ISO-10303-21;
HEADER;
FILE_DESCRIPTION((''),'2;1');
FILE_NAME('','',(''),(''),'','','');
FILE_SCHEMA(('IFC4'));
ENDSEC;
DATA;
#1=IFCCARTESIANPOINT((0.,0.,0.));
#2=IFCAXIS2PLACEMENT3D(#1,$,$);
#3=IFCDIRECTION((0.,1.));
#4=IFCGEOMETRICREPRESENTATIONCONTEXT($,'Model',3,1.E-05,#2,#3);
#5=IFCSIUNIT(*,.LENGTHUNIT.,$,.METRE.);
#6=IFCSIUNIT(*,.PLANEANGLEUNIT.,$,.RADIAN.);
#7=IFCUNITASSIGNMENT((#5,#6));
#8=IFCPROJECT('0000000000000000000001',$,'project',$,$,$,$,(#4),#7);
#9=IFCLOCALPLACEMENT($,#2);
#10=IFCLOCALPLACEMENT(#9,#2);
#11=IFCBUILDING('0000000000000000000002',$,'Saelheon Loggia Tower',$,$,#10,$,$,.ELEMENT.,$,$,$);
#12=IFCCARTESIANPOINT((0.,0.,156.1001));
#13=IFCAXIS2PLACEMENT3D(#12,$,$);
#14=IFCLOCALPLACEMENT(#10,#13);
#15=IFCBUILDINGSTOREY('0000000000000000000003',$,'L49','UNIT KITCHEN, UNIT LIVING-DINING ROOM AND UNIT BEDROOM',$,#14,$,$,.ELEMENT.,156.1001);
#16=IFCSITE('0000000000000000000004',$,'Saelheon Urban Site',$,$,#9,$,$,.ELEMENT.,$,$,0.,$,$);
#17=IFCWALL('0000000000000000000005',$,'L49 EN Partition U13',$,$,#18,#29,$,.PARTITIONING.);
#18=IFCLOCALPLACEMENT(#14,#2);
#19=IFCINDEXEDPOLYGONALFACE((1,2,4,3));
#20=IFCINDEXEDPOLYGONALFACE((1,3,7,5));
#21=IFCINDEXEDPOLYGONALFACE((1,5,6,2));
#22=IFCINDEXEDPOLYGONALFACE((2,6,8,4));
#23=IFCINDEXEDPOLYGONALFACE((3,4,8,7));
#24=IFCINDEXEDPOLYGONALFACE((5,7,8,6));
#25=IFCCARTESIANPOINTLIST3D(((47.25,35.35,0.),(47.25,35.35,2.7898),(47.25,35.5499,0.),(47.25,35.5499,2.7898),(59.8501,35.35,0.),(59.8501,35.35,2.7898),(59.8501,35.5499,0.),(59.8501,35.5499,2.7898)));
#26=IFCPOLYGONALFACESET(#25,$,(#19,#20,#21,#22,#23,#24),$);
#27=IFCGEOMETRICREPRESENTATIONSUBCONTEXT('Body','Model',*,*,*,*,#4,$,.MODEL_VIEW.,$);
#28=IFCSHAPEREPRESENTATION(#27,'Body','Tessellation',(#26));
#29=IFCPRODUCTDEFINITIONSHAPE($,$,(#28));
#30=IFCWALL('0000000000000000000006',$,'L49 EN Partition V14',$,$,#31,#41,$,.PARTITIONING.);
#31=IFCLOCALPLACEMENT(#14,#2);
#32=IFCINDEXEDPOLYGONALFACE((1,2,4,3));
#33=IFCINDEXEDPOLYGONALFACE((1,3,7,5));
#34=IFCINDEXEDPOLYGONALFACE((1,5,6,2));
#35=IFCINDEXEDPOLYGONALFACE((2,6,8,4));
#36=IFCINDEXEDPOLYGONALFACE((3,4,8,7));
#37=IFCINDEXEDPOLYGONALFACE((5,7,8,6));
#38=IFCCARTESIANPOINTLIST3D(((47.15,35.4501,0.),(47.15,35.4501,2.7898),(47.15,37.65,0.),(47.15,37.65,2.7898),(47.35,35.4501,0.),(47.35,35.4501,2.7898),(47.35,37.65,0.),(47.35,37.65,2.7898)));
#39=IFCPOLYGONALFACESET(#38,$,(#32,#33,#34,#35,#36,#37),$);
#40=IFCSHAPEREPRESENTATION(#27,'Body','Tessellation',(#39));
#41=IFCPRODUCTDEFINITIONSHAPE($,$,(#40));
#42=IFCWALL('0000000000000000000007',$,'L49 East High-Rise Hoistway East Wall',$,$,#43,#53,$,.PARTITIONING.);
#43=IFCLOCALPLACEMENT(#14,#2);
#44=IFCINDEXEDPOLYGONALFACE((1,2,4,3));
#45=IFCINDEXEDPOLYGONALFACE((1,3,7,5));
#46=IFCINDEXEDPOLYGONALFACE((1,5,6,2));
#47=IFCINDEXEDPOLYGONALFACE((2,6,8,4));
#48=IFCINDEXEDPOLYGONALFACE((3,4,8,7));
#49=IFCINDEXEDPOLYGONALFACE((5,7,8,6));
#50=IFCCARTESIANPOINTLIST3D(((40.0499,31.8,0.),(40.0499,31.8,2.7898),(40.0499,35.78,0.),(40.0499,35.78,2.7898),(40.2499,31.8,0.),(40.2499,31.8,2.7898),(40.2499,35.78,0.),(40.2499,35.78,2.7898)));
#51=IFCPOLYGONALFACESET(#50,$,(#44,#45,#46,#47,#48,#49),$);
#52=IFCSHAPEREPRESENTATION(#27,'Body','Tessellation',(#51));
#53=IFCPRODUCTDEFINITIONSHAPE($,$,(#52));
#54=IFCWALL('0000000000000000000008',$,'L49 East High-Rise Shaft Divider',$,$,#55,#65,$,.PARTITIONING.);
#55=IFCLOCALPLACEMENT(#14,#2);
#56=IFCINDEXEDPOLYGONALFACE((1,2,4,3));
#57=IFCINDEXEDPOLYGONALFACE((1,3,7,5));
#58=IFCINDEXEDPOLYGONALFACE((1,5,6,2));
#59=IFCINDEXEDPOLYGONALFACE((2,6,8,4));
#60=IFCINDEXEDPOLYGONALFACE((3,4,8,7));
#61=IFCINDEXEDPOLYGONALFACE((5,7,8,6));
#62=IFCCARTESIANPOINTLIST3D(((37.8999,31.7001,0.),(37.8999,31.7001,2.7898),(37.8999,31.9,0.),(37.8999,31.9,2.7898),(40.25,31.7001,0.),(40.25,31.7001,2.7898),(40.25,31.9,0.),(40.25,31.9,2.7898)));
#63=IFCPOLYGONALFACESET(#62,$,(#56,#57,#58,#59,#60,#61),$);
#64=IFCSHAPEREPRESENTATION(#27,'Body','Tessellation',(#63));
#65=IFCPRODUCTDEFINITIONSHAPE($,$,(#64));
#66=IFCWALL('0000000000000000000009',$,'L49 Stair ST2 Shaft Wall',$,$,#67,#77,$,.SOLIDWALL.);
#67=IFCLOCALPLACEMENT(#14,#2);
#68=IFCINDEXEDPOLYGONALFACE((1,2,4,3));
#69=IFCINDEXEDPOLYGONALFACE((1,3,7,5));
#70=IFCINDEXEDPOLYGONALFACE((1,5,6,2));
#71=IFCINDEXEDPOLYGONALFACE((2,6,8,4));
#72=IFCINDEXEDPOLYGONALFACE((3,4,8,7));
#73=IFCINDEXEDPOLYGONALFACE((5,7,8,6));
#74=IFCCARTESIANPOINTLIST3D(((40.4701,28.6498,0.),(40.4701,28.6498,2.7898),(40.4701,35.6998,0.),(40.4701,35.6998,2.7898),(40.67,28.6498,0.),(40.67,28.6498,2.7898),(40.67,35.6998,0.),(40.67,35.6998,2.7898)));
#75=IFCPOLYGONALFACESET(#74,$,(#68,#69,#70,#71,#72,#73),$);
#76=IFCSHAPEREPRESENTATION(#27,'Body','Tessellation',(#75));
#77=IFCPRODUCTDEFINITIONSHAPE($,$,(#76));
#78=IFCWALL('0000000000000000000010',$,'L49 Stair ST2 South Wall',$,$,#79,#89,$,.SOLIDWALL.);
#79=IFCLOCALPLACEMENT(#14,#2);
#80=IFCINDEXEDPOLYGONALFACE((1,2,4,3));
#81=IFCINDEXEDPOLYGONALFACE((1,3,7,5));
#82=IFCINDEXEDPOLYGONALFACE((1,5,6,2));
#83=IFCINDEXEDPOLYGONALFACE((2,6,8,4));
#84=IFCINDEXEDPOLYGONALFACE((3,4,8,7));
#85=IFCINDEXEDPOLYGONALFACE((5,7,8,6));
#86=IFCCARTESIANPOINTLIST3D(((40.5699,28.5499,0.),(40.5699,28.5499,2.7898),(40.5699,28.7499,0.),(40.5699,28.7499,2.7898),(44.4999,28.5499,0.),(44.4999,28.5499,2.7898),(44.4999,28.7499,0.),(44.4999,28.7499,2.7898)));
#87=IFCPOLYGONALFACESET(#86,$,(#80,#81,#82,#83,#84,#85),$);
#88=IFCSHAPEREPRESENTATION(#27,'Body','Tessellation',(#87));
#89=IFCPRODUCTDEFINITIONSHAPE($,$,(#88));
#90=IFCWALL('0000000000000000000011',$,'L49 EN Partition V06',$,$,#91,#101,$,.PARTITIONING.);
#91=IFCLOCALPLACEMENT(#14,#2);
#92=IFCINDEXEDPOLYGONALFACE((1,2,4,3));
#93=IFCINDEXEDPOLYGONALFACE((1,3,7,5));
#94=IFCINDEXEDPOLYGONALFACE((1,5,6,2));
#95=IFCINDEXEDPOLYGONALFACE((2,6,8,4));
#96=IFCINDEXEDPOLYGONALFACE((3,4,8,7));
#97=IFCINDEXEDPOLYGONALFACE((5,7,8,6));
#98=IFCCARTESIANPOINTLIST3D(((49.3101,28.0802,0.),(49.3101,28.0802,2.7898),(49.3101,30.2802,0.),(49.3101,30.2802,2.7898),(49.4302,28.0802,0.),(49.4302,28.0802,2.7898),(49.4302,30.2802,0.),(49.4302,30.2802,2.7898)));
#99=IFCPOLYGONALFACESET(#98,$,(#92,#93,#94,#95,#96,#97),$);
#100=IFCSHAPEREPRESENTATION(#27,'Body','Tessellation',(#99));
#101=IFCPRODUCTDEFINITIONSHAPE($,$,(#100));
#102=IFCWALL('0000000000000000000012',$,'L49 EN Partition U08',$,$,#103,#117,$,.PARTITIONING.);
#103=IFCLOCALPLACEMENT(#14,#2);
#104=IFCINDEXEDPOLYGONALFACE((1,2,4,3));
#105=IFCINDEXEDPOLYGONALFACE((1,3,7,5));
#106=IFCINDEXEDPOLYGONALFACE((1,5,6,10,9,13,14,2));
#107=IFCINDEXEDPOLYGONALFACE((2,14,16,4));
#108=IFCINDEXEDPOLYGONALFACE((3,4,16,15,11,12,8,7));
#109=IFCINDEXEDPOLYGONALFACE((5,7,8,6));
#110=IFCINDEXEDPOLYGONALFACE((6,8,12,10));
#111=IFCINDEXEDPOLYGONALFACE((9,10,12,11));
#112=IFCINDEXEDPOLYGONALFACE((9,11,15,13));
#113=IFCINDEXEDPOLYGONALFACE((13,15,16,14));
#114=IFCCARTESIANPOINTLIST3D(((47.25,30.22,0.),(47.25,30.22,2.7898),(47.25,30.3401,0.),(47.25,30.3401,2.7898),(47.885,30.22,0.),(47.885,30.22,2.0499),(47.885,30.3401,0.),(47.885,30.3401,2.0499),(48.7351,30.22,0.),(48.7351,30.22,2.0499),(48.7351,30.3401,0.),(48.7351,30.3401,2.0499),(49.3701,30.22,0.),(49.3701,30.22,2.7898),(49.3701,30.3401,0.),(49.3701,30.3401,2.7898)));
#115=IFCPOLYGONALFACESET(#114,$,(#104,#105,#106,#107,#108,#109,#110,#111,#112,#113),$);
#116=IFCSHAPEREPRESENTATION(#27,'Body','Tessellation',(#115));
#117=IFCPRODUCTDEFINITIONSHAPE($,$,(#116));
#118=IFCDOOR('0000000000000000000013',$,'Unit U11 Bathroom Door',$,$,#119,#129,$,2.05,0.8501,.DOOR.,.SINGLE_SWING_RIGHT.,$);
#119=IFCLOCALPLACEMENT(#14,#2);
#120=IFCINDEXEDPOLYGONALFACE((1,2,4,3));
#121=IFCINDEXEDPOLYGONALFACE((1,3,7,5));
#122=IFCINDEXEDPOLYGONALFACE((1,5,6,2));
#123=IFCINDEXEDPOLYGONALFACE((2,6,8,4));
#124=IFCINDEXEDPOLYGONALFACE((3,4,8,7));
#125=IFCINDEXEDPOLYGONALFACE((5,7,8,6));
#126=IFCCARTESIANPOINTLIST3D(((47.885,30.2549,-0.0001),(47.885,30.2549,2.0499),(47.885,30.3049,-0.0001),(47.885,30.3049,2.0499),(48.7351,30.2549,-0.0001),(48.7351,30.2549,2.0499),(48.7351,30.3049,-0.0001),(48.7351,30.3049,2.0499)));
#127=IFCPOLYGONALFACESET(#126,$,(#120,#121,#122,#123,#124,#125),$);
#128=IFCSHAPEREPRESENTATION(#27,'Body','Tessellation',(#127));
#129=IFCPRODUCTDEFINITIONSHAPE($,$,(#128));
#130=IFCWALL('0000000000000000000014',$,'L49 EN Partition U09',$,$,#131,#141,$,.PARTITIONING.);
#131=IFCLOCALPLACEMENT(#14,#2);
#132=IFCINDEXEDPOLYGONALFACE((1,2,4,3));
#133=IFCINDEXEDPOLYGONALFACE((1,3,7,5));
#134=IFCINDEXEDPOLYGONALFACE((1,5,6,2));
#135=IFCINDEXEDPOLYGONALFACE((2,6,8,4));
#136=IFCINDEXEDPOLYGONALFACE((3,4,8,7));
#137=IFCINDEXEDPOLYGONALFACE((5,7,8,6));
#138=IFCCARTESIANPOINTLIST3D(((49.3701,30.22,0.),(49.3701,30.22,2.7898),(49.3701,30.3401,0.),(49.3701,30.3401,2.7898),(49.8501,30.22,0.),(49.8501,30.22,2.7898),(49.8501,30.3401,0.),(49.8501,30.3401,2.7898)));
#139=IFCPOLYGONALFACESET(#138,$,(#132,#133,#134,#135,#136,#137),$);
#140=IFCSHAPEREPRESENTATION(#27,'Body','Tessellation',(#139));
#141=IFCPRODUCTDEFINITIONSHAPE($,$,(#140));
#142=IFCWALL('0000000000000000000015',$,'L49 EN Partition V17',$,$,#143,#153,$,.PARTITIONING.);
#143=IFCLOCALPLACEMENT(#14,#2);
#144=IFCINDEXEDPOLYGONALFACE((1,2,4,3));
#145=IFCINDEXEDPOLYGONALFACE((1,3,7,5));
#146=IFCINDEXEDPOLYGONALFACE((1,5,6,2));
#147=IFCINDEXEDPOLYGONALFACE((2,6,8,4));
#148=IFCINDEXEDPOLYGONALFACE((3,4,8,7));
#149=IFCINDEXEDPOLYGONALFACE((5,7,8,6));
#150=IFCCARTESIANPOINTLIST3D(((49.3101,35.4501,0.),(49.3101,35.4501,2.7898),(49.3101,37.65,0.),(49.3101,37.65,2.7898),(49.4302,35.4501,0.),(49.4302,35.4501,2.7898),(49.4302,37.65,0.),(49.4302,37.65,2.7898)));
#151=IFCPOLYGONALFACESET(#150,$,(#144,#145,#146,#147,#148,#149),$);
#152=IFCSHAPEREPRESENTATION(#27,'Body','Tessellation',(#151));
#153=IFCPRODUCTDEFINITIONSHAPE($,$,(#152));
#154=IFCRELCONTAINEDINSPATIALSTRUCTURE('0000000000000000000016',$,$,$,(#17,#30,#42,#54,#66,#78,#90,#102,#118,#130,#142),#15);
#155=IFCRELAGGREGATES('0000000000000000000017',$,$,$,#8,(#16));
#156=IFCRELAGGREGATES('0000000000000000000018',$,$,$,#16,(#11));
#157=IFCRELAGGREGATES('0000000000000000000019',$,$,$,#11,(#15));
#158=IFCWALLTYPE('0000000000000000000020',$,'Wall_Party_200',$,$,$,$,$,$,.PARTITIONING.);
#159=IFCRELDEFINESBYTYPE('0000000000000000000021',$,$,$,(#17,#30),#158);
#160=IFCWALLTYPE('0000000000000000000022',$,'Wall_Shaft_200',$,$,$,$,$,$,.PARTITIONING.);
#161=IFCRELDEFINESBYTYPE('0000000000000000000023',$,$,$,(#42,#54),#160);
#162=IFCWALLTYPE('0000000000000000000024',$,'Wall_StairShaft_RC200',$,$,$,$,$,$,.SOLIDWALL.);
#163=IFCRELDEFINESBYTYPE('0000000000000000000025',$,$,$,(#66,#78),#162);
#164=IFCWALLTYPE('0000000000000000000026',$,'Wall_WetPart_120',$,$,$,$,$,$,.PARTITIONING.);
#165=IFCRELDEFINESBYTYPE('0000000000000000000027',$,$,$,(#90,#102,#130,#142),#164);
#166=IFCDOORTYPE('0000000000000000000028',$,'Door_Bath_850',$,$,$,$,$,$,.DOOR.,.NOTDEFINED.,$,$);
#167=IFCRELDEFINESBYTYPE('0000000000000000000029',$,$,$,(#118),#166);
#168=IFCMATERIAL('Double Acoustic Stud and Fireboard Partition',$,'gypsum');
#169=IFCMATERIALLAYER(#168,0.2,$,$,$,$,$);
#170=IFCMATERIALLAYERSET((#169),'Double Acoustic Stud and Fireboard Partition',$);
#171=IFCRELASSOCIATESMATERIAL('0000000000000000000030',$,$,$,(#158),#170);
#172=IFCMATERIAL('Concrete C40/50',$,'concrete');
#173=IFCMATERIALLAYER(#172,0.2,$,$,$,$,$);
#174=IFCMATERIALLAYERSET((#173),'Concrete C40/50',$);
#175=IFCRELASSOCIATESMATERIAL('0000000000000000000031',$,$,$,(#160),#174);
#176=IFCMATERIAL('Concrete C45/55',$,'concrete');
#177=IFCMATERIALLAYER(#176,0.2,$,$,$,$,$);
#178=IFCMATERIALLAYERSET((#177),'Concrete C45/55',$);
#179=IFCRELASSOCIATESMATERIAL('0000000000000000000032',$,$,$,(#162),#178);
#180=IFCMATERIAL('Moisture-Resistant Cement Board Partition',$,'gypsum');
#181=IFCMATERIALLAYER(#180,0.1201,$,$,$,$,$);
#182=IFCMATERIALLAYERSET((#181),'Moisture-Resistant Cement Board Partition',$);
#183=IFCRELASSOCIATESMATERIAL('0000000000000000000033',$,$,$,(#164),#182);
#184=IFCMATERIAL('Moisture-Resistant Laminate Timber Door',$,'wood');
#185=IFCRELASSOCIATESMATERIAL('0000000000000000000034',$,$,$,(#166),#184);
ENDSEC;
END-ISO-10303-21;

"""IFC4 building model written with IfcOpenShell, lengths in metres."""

from ifc_helpers import new_model, si_unit, direction, frame, frame_2d, origin, place, context, subcontext, project, spatial, rectangle, extrude, source, transform, mapped, material, layer, layer_set, type_object, element, fill, save


model = new_model("IFC4")

# Units and contexts
model_context = context("Model", 3, precision=1e-05, world=origin(), true_north=direction((0.0, 1.0)))
body_context = subcontext(model_context, "Body", "Model", "MODEL_VIEW")
ifc_project = project(units=[si_unit("LENGTHUNIT", "METRE"), si_unit("PLANEANGLEUNIT", "RADIAN")], contexts=[model_context])

# Site, building, storey
site_placement = place(None, origin())
site = spatial("IfcSite", under=ifc_project, at=site_placement, Name="Saelheon Urban Site", CompositionType="ELEMENT", RefElevation=0.0)
building_placement = place(site_placement, origin())
building = spatial("IfcBuilding", under=site, at=building_placement, Name="Saelheon Loggia Tower", CompositionType="ELEMENT")
storey_placement = place(building_placement, frame((0.0, 0.0, 156.1001)))
storey = spatial("IfcBuildingStorey", under=building, at=storey_placement, Name="L49", Description="UNIT KITCHEN, UNIT LIVING-DINING ROOM AND UNIT BEDROOM", CompositionType="ELEMENT", Elevation=156.1001)

# Shared definitions
ifc_material_1 = material(Name="Double Acoustic Stud and Fireboard Partition", Category="gypsum")
ifc_layer_1 = layer(ifc_material_1, 0.2)
ifc_layer_set_1 = layer_set([ifc_layer_1], Name="Double Acoustic Stud and Fireboard Partition")
wall_type_1 = type_object("IfcWallType", Name="Wall_Party_200", PredefinedType="PARTITIONING", material=ifc_layer_set_1)

# Walls
wall_1_placement = place(storey_placement, frame((47.25, 35.45, 0.0), z_axis=(0.0, 0.0, 1.0), x_axis=(1.0, 0.0, 0.0)))
element("IfcWall", 1, at=wall_1_placement, inside=storey, type_object=wall_type_1, Name="L49 EN Partition U13", PredefinedType="PARTITIONING", context=body_context, shape_type="SweptSolid", body=[
    extrude(rectangle(XDim=12.6001, YDim=0.2, at=frame_2d((6.3, 0.0))), origin(), (0.0, 0.0, 1.0), 2.7898),
])
wall_2_placement = place(storey_placement, frame((47.25, 35.45, 0.0), z_axis=(0.0, 0.0, 1.0), x_axis=(0.0, 1.0, 0.0)))
element("IfcWall", 2, at=wall_2_placement, inside=storey, type_object=wall_type_1, Name="L49 EN Partition V14", PredefinedType="PARTITIONING", context=body_context, shape_type="SweptSolid", body=[
    extrude(rectangle(XDim=2.2, YDim=0.2, at=frame_2d((1.1001, 0.0))), origin(), (0.0, 0.0, 1.0), 2.7898),
])
ifc_material_2 = material(Name="Concrete C40/50", Category="concrete")
ifc_layer_2 = layer(ifc_material_2, 0.2)
ifc_layer_set_2 = layer_set([ifc_layer_2], Name="Concrete C40/50")
wall_type_2 = type_object("IfcWallType", Name="Wall_Shaft_200", PredefinedType="PARTITIONING", material=ifc_layer_set_2)
wall_3_placement = place(storey_placement, frame((40.1499, 31.8, 0.0), z_axis=(0.0, 0.0, 1.0), x_axis=(0.0, 1.0, 0.0)))
element("IfcWall", 3, at=wall_3_placement, inside=storey, type_object=wall_type_2, Name="L49 East High-Rise Hoistway East Wall", PredefinedType="PARTITIONING", context=body_context, shape_type="SweptSolid", body=[
    extrude(rectangle(XDim=3.98, YDim=0.2, at=frame_2d((1.99, 0.0))), origin(), (0.0, 0.0, 1.0), 2.7898),
])
wall_4_placement = place(storey_placement, frame((37.8999, 31.8, 0.0), z_axis=(0.0, 0.0, 1.0), x_axis=(1.0, 0.0, 0.0)))
element("IfcWall", 4, at=wall_4_placement, inside=storey, type_object=wall_type_2, Name="L49 East High-Rise Shaft Divider", PredefinedType="PARTITIONING", context=body_context, shape_type="SweptSolid", body=[
    extrude(rectangle(XDim=2.3501, YDim=0.2, at=frame_2d((1.175, 0.0))), origin(), (0.0, 0.0, 1.0), 2.7898),
])
ifc_material_3 = material(Name="Concrete C45/55", Category="concrete")
ifc_layer_3 = layer(ifc_material_3, 0.2)
ifc_layer_set_3 = layer_set([ifc_layer_3], Name="Concrete C45/55")
wall_type_3 = type_object("IfcWallType", Name="Wall_StairShaft_RC200", PredefinedType="SOLIDWALL", material=ifc_layer_set_3)
wall_5_placement = place(storey_placement, frame((40.5701, 28.6499, 0.0), z_axis=(0.0, 0.0, 1.0), x_axis=(0.0, 1.0, 0.0)))
element("IfcWall", 5, at=wall_5_placement, inside=storey, type_object=wall_type_3, Name="L49 Stair ST2 Shaft Wall", PredefinedType="SOLIDWALL", context=body_context, shape_type="SweptSolid", body=[
    extrude(rectangle(XDim=7.05, YDim=0.2, at=frame_2d((3.5249, 0.0))), origin(), (0.0, 0.0, 1.0), 2.7898),
])
wall_6_placement = place(storey_placement, frame((40.5701, 28.6499, 0.0), z_axis=(0.0, 0.0, 1.0), x_axis=(1.0, 0.0, 0.0)))
element("IfcWall", 6, at=wall_6_placement, inside=storey, type_object=wall_type_3, Name="L49 Stair ST2 South Wall", PredefinedType="SOLIDWALL", context=body_context, shape_type="SweptSolid", body=[
    extrude(rectangle(XDim=3.9299, YDim=0.2, at=frame_2d((1.9648, 0.0))), origin(), (0.0, 0.0, 1.0), 2.7898),
])
ifc_material_4 = material(Name="Moisture-Resistant Cement Board Partition", Category="gypsum")
ifc_layer_4 = layer(ifc_material_4, 0.1201)
ifc_layer_set_4 = layer_set([ifc_layer_4], Name="Moisture-Resistant Cement Board Partition")
wall_type_4 = type_object("IfcWallType", Name="Wall_WetPart_120", PredefinedType="PARTITIONING", material=ifc_layer_set_4)
wall_7_placement = place(storey_placement, frame((49.3701, 28.0801, 0.0), z_axis=(0.0, 0.0, 1.0), x_axis=(0.0, 1.0, 0.0)))
element("IfcWall", 7, at=wall_7_placement, inside=storey, type_object=wall_type_4, Name="L49 EN Partition V06", PredefinedType="PARTITIONING", context=body_context, shape_type="SweptSolid", body=[
    extrude(rectangle(XDim=2.2, YDim=0.1201, at=frame_2d((1.1001, 0.0))), origin(), (0.0, 0.0, 1.0), 2.7898),
])

# Wall, opening, door
wall_8_placement = place(storey_placement, frame((47.25, 30.28, 0.0), z_axis=(0.0, 0.0, 1.0), x_axis=(1.0, 0.0, 0.0)))
wall_8 = element("IfcWall", 8, at=wall_8_placement, inside=storey, type_object=wall_type_4, Name="L49 EN Partition U08", PredefinedType="PARTITIONING", context=body_context, shape_type="SweptSolid", body=[
    extrude(rectangle(XDim=2.1201, YDim=0.1201, at=frame_2d((1.0601, 0.0))), origin(), (0.0, 0.0, 1.0), 2.7898),
])
opening_1_placement = place(wall_8_placement, frame((0.635, 0.0, 0.0)))
opening_1 = element("IfcOpeningElement", 9, at=opening_1_placement, cuts=wall_8, PredefinedType="OPENING", context=body_context, shape_type="SweptSolid", body=[
    extrude(rectangle(XDim=0.8501, YDim=2.05, at=frame_2d((0.425, 1.0249))), frame((0.0, 0.072, 0.0), z_axis=(0.0, -1.0, 0.0), x_axis=(1.0, 0.0, 0.0)), (0.0, 0.0, 1.0), 0.144),
])
ifc_material_5 = material(Name="Moisture-Resistant Laminate Timber Door", Category="wood")
door_type_1 = type_object("IfcDoorType", Name="Door_Bath_850", OperationType="NOTDEFINED", PredefinedType="DOOR", material=ifc_material_5)
shared_shape_1 = source(origin(), body_context, "Body", "SweptSolid", [
    extrude(rectangle(XDim=0.8501, YDim=2.05, at=frame_2d((0.425, 1.0249))), frame((0.0, 0.0249, 0.0), z_axis=(0.0, -1.0, 0.0), x_axis=(1.0, 0.0, 0.0)), (0.0, 0.0, 1.0), 0.05),
])
door_1_placement = place(opening_1_placement, origin())
door_1 = element("IfcDoor", 10, at=door_1_placement, inside=storey, type_object=door_type_1, Name="Unit U11 Bathroom Door", OperationType="SINGLE_SWING_RIGHT", OverallHeight=2.05, OverallWidth=0.8501, PredefinedType="DOOR", context=body_context, shape_type="MappedRepresentation", body=[
    mapped(shared_shape_1, transform((0.0, 0.0, 0.0), scale=1.0)),
])
fill(opening_1, door_1)

# Walls
wall_9_placement = place(storey_placement, frame((49.3701, 30.28, 0.0), z_axis=(0.0, 0.0, 1.0), x_axis=(1.0, 0.0, 0.0)))
element("IfcWall", 11, at=wall_9_placement, inside=storey, type_object=wall_type_4, Name="L49 EN Partition U09", PredefinedType="PARTITIONING", context=body_context, shape_type="SweptSolid", body=[
    extrude(rectangle(XDim=0.48, YDim=0.1201, at=frame_2d((0.24, 0.0))), origin(), (0.0, 0.0, 1.0), 2.7898),
])
wall_10_placement = place(storey_placement, frame((49.3701, 35.45, 0.0), z_axis=(0.0, 0.0, 1.0), x_axis=(0.0, 1.0, 0.0)))
element("IfcWall", 12, at=wall_10_placement, inside=storey, type_object=wall_type_4, Name="L49 EN Partition V17", PredefinedType="PARTITIONING", context=body_context, shape_type="SweptSolid", body=[
    extrude(rectangle(XDim=2.2, YDim=0.1201, at=frame_2d((1.1001, 0.0))), origin(), (0.0, 0.0, 1.0), 2.7898),
])

save(model, "model.ifc")
